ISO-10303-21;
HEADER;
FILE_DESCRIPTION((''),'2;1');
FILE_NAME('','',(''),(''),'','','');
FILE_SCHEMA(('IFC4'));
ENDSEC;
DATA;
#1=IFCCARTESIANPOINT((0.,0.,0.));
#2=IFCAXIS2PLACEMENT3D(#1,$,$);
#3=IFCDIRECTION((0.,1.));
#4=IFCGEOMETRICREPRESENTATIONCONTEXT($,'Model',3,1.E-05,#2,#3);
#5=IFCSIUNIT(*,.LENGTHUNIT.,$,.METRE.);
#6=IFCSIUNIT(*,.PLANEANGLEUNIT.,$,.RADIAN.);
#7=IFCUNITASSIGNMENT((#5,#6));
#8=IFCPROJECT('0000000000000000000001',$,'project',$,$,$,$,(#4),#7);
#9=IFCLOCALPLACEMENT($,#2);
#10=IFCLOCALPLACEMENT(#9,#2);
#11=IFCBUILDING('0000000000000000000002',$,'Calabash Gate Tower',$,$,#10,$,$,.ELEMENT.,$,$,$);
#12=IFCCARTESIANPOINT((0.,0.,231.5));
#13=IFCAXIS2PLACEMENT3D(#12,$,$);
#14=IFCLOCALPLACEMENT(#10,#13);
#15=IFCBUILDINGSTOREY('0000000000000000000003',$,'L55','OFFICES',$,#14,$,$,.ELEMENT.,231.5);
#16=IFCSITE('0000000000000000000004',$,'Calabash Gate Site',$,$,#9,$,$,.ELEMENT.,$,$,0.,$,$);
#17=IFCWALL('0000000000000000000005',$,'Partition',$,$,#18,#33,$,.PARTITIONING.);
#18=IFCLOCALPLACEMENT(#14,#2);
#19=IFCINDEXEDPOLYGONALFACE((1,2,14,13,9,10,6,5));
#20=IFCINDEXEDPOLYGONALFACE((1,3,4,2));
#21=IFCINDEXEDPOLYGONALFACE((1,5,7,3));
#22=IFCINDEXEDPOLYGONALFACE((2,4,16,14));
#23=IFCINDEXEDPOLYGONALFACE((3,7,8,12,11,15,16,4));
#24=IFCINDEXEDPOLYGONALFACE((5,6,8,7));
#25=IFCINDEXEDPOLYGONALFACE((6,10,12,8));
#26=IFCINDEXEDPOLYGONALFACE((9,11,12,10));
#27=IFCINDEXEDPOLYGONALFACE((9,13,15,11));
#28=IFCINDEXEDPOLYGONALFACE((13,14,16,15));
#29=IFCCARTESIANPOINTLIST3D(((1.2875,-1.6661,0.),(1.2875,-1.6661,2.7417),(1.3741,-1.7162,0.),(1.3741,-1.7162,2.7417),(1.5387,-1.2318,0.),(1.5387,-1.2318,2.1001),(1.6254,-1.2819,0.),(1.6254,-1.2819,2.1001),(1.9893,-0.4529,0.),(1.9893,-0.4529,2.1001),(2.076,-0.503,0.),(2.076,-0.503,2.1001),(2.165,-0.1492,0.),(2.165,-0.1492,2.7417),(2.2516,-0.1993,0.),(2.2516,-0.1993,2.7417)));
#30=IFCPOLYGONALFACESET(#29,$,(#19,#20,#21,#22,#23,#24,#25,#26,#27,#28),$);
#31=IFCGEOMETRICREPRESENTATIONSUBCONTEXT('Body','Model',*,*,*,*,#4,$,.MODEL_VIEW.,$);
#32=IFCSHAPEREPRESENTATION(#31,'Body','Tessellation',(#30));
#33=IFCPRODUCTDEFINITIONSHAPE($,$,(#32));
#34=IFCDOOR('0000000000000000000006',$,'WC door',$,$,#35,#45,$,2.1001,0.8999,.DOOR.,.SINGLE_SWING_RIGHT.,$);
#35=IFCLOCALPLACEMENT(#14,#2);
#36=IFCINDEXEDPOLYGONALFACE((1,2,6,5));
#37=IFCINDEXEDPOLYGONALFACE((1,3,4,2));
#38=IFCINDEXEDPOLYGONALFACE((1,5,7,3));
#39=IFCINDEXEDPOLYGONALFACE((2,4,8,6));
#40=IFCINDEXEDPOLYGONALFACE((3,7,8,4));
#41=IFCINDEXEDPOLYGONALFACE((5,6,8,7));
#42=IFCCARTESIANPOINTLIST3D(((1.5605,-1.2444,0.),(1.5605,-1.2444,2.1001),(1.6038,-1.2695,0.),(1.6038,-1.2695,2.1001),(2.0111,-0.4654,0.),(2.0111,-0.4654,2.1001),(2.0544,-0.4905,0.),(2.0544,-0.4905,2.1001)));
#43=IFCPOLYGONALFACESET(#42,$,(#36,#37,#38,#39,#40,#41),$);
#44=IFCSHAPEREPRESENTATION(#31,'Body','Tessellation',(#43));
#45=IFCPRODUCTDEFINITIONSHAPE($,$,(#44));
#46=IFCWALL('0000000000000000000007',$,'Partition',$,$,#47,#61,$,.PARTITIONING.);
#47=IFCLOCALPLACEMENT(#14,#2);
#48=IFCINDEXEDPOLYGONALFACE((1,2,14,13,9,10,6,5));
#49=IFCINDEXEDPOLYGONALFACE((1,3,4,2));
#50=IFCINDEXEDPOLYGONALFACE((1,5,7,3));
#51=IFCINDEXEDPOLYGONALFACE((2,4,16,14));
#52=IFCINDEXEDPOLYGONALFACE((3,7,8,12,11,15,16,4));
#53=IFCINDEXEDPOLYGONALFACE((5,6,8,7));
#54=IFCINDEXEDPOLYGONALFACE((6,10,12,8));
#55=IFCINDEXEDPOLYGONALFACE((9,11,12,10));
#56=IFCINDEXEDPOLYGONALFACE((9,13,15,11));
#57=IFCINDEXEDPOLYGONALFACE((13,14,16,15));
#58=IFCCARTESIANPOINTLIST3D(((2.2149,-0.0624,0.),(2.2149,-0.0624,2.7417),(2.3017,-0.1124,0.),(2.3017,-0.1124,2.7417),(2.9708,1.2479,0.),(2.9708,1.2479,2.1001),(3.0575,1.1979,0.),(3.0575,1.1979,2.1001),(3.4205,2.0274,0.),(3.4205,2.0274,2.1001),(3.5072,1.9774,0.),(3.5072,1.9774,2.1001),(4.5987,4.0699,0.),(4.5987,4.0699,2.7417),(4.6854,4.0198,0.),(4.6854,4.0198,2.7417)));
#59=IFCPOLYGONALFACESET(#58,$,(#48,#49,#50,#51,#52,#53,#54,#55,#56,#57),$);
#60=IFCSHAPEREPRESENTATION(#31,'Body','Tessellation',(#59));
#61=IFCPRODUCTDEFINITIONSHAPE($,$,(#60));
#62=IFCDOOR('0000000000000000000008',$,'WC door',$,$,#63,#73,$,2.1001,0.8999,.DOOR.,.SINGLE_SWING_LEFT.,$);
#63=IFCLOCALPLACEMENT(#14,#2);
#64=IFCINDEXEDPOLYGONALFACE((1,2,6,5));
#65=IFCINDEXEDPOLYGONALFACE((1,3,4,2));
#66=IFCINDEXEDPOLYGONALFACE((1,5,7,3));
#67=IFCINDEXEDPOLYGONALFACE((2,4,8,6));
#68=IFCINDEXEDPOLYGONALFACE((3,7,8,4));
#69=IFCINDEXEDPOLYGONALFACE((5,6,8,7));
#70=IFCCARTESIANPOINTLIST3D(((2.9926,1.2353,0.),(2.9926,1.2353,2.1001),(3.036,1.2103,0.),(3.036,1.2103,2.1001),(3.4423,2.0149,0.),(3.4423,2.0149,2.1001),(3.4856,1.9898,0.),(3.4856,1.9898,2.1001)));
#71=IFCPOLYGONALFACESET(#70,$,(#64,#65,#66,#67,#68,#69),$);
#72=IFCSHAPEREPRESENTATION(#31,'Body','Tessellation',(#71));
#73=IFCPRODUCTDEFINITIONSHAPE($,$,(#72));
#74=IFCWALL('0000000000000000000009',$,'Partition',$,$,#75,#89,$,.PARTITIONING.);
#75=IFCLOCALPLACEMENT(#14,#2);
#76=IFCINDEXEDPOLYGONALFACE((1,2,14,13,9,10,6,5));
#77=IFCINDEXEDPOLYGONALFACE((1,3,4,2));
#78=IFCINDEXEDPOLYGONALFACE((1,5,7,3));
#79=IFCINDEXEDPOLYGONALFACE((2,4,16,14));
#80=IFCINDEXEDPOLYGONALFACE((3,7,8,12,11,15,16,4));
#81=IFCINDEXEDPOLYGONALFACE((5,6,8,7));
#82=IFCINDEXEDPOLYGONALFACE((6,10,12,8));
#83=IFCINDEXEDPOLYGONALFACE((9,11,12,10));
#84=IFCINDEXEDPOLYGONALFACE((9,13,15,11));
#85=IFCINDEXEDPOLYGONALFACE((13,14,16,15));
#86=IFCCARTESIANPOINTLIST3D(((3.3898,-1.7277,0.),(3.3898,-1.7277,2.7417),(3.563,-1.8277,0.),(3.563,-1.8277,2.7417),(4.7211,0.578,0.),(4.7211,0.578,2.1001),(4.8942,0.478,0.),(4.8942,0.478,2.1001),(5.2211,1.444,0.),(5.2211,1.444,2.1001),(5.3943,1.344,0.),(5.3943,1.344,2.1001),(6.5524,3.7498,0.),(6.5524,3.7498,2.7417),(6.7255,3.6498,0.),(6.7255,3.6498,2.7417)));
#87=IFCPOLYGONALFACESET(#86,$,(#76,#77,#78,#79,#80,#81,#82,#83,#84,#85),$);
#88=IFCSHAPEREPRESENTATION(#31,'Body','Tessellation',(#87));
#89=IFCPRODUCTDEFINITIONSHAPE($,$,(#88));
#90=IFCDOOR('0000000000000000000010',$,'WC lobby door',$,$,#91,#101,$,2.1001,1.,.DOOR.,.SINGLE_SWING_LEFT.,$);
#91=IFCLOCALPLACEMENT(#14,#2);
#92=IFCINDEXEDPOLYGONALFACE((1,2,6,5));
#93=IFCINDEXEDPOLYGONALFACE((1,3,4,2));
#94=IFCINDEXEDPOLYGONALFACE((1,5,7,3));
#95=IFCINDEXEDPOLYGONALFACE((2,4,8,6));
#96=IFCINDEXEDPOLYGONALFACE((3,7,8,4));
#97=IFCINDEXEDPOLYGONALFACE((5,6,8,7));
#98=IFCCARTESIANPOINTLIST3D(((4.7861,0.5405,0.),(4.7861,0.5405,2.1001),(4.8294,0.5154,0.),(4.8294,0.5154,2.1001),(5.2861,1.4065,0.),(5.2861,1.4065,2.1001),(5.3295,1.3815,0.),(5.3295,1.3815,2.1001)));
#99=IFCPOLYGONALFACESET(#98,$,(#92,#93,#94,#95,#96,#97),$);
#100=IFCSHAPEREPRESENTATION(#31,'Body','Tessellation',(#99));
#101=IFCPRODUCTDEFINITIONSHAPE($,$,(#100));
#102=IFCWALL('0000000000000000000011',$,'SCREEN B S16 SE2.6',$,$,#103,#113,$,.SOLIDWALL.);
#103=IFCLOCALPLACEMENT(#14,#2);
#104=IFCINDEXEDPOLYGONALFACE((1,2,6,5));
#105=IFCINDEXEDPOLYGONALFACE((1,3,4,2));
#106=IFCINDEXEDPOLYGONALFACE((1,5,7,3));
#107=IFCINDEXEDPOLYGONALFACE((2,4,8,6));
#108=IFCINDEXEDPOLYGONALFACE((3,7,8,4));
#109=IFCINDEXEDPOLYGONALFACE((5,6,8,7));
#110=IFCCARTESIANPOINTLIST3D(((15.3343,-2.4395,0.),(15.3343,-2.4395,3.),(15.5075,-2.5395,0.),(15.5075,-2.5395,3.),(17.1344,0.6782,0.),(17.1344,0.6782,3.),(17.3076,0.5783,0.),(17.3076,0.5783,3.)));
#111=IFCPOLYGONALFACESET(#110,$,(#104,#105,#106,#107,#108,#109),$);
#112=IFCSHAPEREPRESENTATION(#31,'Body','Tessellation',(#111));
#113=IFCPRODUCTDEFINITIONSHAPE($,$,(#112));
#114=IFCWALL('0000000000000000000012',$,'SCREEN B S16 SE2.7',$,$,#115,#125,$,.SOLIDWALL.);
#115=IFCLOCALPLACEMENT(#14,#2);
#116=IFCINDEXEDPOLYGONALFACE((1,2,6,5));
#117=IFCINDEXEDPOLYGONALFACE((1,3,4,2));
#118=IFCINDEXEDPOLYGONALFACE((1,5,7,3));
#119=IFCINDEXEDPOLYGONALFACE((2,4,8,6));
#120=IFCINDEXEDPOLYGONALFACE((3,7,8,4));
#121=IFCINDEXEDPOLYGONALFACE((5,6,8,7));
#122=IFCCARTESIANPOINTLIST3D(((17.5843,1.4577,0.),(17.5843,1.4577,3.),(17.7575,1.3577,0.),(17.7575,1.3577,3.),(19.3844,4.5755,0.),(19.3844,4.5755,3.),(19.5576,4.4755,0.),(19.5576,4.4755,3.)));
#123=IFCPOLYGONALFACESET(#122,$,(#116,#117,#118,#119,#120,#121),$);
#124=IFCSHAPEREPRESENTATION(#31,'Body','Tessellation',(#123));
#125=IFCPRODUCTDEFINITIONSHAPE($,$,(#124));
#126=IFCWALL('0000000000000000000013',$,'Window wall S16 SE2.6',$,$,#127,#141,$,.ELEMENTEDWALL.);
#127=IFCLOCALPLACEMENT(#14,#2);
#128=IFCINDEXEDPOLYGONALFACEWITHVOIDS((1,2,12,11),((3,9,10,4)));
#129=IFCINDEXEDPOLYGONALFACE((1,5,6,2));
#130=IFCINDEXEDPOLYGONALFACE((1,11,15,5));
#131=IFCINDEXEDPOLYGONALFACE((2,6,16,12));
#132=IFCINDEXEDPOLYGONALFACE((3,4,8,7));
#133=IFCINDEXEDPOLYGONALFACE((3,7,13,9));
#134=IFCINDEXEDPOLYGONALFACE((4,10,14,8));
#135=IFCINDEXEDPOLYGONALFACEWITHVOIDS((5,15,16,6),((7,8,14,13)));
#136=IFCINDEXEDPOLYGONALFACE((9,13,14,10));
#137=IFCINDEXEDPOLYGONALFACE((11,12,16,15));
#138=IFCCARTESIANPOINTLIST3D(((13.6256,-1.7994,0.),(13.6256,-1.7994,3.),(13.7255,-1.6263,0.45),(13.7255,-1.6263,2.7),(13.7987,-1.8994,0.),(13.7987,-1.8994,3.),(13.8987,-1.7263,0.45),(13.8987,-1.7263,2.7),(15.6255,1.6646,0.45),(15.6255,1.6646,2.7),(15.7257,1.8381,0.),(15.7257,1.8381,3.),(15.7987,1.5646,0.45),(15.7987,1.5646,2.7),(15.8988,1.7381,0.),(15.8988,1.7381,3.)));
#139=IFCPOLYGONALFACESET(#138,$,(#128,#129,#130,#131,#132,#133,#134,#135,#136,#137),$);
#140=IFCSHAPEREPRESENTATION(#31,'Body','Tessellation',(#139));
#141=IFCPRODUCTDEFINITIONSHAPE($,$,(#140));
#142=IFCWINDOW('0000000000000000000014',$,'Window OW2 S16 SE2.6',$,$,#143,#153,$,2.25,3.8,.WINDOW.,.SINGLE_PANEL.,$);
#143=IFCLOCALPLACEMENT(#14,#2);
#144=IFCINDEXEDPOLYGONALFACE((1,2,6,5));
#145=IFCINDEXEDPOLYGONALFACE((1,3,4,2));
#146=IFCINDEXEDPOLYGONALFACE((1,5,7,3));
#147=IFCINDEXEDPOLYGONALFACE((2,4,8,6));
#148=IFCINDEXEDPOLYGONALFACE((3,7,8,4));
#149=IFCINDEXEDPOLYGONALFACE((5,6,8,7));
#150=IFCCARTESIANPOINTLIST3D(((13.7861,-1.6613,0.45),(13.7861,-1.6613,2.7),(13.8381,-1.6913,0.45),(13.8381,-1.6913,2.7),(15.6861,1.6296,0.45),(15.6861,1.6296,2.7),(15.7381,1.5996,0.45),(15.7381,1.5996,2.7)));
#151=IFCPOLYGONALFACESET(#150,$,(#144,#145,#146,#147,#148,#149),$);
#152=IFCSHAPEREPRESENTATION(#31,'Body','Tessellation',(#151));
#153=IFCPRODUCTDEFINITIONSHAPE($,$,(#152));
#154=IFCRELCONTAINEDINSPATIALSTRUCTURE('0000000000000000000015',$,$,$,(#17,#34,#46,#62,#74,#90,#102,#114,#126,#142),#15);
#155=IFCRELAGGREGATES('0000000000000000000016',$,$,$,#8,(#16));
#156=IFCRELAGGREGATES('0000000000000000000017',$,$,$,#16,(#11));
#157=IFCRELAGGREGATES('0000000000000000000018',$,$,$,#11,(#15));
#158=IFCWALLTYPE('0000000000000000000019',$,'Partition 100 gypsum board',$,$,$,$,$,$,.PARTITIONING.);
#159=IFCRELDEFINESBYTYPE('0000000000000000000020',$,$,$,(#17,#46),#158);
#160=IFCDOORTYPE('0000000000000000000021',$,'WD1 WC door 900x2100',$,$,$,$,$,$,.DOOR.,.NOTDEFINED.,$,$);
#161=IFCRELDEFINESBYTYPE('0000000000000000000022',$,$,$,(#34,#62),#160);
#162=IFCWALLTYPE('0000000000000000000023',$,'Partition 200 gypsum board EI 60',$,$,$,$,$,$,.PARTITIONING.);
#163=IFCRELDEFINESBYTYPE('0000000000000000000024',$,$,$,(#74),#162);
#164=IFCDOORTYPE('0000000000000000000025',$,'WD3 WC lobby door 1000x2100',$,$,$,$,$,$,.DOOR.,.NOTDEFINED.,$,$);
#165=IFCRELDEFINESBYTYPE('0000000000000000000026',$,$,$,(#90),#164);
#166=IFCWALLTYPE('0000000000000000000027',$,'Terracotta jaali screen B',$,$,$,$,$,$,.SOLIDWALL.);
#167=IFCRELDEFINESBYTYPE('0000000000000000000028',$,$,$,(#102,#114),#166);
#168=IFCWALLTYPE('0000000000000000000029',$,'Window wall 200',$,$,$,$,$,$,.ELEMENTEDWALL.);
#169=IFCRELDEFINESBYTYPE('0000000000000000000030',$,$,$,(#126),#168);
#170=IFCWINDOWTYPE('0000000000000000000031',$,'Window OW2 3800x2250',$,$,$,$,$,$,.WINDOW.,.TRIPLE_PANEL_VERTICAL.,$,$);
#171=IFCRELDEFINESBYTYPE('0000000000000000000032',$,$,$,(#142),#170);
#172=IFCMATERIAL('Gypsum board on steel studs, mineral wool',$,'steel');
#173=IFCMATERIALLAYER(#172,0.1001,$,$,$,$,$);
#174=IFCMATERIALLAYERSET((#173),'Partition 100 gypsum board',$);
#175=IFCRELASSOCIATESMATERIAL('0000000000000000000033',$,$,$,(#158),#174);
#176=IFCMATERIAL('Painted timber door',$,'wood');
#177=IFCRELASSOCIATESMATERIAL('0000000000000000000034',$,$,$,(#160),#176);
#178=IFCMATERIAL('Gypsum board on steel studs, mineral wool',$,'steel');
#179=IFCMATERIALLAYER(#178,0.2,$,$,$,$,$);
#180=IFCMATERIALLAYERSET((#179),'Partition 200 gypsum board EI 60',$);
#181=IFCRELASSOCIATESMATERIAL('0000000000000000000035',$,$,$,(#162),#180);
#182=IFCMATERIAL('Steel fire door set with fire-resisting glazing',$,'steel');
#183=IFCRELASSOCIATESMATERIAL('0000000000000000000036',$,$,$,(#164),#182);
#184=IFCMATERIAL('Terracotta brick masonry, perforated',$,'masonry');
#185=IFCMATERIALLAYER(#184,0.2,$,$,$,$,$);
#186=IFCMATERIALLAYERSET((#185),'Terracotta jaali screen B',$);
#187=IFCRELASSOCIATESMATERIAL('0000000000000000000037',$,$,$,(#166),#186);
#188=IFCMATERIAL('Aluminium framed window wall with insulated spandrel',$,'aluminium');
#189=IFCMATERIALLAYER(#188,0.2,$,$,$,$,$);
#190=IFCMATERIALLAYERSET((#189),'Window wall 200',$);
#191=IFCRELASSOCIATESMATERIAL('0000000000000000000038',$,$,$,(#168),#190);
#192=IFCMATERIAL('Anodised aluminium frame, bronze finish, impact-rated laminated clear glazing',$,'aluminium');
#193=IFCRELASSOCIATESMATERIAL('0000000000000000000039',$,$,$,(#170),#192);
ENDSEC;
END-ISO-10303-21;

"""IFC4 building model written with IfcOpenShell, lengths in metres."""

from ifc_helpers import new_model, si_unit, direction, frame, frame_2d, origin, place, context, subcontext, project, spatial, rectangle, extrude, material, layer, layer_set, type_object, element, fill, save


model = new_model("IFC4")

# Units and contexts
model_context = context("Model", 3, precision=1e-05, world=origin(), true_north=direction((0.0, 1.0)))
body_context = subcontext(model_context, "Body", "Model", "MODEL_VIEW")
ifc_project = project(units=[si_unit("LENGTHUNIT", "METRE"), si_unit("PLANEANGLEUNIT", "RADIAN")], contexts=[model_context])

# Site, building, storey
site_placement = place(None, origin())
site = spatial("IfcSite", under=ifc_project, at=site_placement, Name="Calabash Gate Site", CompositionType="ELEMENT", RefElevation=0.0)
building_placement = place(site_placement, origin())
building = spatial("IfcBuilding", under=site, at=building_placement, Name="Calabash Gate Tower", CompositionType="ELEMENT")
storey_placement = place(building_placement, frame((0.0, 0.0, 231.5)))
storey = spatial("IfcBuildingStorey", under=building, at=storey_placement, Name="L55", Description="OFFICES", CompositionType="ELEMENT", Elevation=231.5)

# Walls, openings, doors
ifc_material_1 = material(Name="Gypsum board on steel studs, mineral wool", Category="steel")
ifc_layer_1 = layer(ifc_material_1, 0.1001)
ifc_layer_set_1 = layer_set([ifc_layer_1], Name="Partition 100 gypsum board")
wall_type_1 = type_object("IfcWallType", Name="Partition 100 gypsum board", PredefinedType="PARTITIONING", material=ifc_layer_set_1)
wall_1_placement = place(storey_placement, frame((1.3308, -1.6912, 0.0), z_axis=(0.0, 0.0, 1.0), x_axis=(0.500723, 0.865607, 0.0)))
wall_1 = element("IfcWall", 1, at=wall_1_placement, inside=storey, type_object=wall_type_1, Name="Partition", PredefinedType="PARTITIONING", context=body_context, shape_type="SweptSolid", body=[
    extrude(rectangle(XDim=1.7524, YDim=0.1001, at=frame_2d((0.8762, 0.0))), origin(), (0.0, 0.0, 1.0), 2.7417),
])
opening_1_placement = place(wall_1_placement, frame((0.5017, 0.0, 0.0)))
opening_1 = element("IfcOpeningElement", 2, at=opening_1_placement, cuts=wall_1, PredefinedType="OPENING", context=body_context, shape_type="SweptSolid", body=[
    extrude(rectangle(XDim=0.8999, YDim=2.1001, at=frame_2d((0.45, 1.05))), frame((0.0, 0.0601, 0.0), z_axis=(0.0, -1.0, 0.0), x_axis=(1.0, 0.0, 0.0)), (0.0, 0.0, 1.0), 0.1201),
])
ifc_material_2 = material(Name="Painted timber door", Category="wood")
door_type_1 = type_object("IfcDoorType", Name="WD1 WC door 900x2100", OperationType="NOTDEFINED", PredefinedType="DOOR", material=ifc_material_2)
door_1_placement = place(opening_1_placement, origin())
door_1 = element("IfcDoor", 3, at=door_1_placement, inside=storey, type_object=door_type_1, Name="WC door", OperationType="SINGLE_SWING_RIGHT", OverallHeight=2.1001, OverallWidth=0.8999, PredefinedType="DOOR", context=body_context, shape_type="SweptSolid", body=[
    extrude(rectangle(XDim=0.8999, YDim=2.1001, at=frame_2d((0.45, 1.05))), frame((0.0, 0.0249, 0.0), z_axis=(0.0, -1.0, 0.0), x_axis=(1.0, 0.0, 0.0)), (0.0, 0.0, 1.0), 0.05),
])
fill(opening_1, door_1)
wall_2_placement = place(storey_placement, frame((2.2583, -0.0874, 0.0), z_axis=(0.0, 0.0, 1.0), x_axis=(0.499684, 0.866208, 0.0)))
wall_2 = element("IfcWall", 4, at=wall_2_placement, inside=storey, type_object=wall_type_1, Name="Partition", PredefinedType="PARTITIONING", context=body_context, shape_type="SweptSolid", body=[
    extrude(rectangle(XDim=4.7705, YDim=0.1001, at=frame_2d((2.3853, 0.0))), origin(), (0.0, 0.0, 1.0), 2.7417),
])
opening_2_placement = place(wall_2_placement, frame((1.5127, 0.0, 0.0)))
opening_2 = element("IfcOpeningElement", 5, at=opening_2_placement, cuts=wall_2, PredefinedType="OPENING", context=body_context, shape_type="SweptSolid", body=[
    extrude(rectangle(XDim=0.8999, YDim=2.1001, at=frame_2d((0.45, 1.05))), frame((0.0, 0.0601, 0.0), z_axis=(0.0, -1.0, 0.0), x_axis=(1.0, 0.0, 0.0)), (0.0, 0.0, 1.0), 0.1201),
])
door_2_placement = place(opening_2_placement, origin())
door_2 = element("IfcDoor", 6, at=door_2_placement, inside=storey, type_object=door_type_1, Name="WC door", OperationType="SINGLE_SWING_LEFT", OverallHeight=2.1001, OverallWidth=0.8999, PredefinedType="DOOR", context=body_context, shape_type="SweptSolid", body=[
    extrude(rectangle(XDim=0.8999, YDim=2.1001, at=frame_2d((0.45, 1.05))), frame((0.0, 0.0249, 0.0), z_axis=(0.0, -1.0, 0.0), x_axis=(1.0, 0.0, 0.0)), (0.0, 0.0, 1.0), 0.05),
])
fill(opening_2, door_2)
ifc_material_3 = material(Name="Gypsum board on steel studs, mineral wool", Category="steel")
ifc_layer_2 = layer(ifc_material_3, 0.2)
ifc_layer_set_2 = layer_set([ifc_layer_2], Name="Partition 200 gypsum board EI 60")
wall_type_2 = type_object("IfcWallType", Name="Partition 200 gypsum board EI 60", PredefinedType="PARTITIONING", material=ifc_layer_set_2)
wall_3_placement = place(storey_placement, frame((3.4763, -1.7778, 0.0), z_axis=(0.0, 0.0, 1.0), x_axis=(0.500016, 0.866016, 0.0)))
wall_3 = element("IfcWall", 7, at=wall_3_placement, inside=storey, type_object=wall_type_2, Name="Partition", PredefinedType="PARTITIONING", context=body_context, shape_type="SweptSolid", body=[
    extrude(rectangle(XDim=6.325, YDim=0.2, at=frame_2d((3.1626, 0.0))), origin(), (0.0, 0.0, 1.0), 2.7417),
])
opening_3_placement = place(wall_3_placement, frame((2.6626, 0.0, 0.0)))
opening_3 = element("IfcOpeningElement", 8, at=opening_3_placement, cuts=wall_3, PredefinedType="OPENING", context=body_context, shape_type="SweptSolid", body=[
    extrude(rectangle(XDim=1.0, YDim=2.1001, at=frame_2d((0.5, 1.05))), frame((0.0, 0.1099, 0.0), z_axis=(0.0, -1.0, 0.0), x_axis=(1.0, 0.0, 0.0)), (0.0, 0.0, 1.0), 0.22),
])
ifc_material_4 = material(Name="Steel fire door set with fire-resisting glazing", Category="steel")
door_type_2 = type_object("IfcDoorType", Name="WD3 WC lobby door 1000x2100", OperationType="NOTDEFINED", PredefinedType="DOOR", material=ifc_material_4)
door_3_placement = place(opening_3_placement, origin())
door_3 = element("IfcDoor", 9, at=door_3_placement, inside=storey, type_object=door_type_2, Name="WC lobby door", OperationType="SINGLE_SWING_LEFT", OverallHeight=2.1001, OverallWidth=1.0, PredefinedType="DOOR", context=body_context, shape_type="SweptSolid", body=[
    extrude(rectangle(XDim=1.0, YDim=2.1001, at=frame_2d((0.5, 1.05))), frame((0.0, 0.0249, 0.0), z_axis=(0.0, -1.0, 0.0), x_axis=(1.0, 0.0, 0.0)), (0.0, 0.0, 1.0), 0.05),
])
fill(opening_3, door_3)

# Walls
ifc_material_5 = material(Name="Terracotta brick masonry, perforated", Category="masonry")
ifc_layer_3 = layer(ifc_material_5, 0.2)
ifc_layer_set_3 = layer_set([ifc_layer_3], Name="Terracotta jaali screen B")
wall_type_3 = type_object("IfcWallType", Name="Terracotta jaali screen B", PredefinedType="SOLIDWALL", material=ifc_layer_set_3)
for number, where, z_axis, x_axis, name in (
    (10, (15.4209, -2.4895, 0.0), (0.0, 0.0, 1.0), (0.500012, 0.866018, 0.0), "SCREEN B S16 SE2.6"),
    (11, (17.6709, 1.4077, 0.0), (0.0, 0.0, 1.0), (0.500012, 0.866018, 0.0), "SCREEN B S16 SE2.7"),
):
    element("IfcWall", number, at=place(storey_placement, frame(where, z_axis=z_axis, x_axis=x_axis)), inside=storey, type_object=wall_type_3, Name=name, PredefinedType="SOLIDWALL", context=body_context, shape_type="SweptSolid", body=[
        extrude(rectangle(XDim=3.6001, YDim=0.2, at=frame_2d((1.8, 0.0))), origin(), (0.0, 0.0, 1.0), 3.0),
    ])

# Wall, opening, window
ifc_material_6 = material(Name="Aluminium framed window wall with insulated spandrel", Category="aluminium")
ifc_layer_4 = layer(ifc_material_6, 0.2)
ifc_layer_set_4 = layer_set([ifc_layer_4], Name="Window wall 200")
wall_type_4 = type_object("IfcWallType", Name="Window wall 200", PredefinedType="ELEMENTEDWALL", material=ifc_layer_set_4)
wall_4_placement = place(storey_placement, frame((13.7122, -1.8494, 0.0), z_axis=(0.0, 0.0, 1.0), x_axis=(0.500003, 0.866024, 0.0)))
wall_4 = element("IfcWall", 12, at=wall_4_placement, inside=storey, type_object=wall_type_4, Name="Window wall S16 SE2.6", PredefinedType="ELEMENTEDWALL", context=body_context, shape_type="SweptSolid", body=[
    extrude(rectangle(XDim=4.2002, YDim=0.2, at=frame_2d((2.1001, 0.0))), origin(), (0.0, 0.0, 1.0), 3.0),
])
opening_4_placement = place(wall_4_placement, frame((0.2, 0.0, 0.45)))
opening_4 = element("IfcOpeningElement", 13, at=opening_4_placement, cuts=wall_4, PredefinedType="OPENING", context=body_context, shape_type="SweptSolid", body=[
    extrude(rectangle(XDim=3.8, YDim=2.25, at=frame_2d((1.8999, 1.125))), frame((0.0, 0.1099, 0.0), z_axis=(0.0, -1.0, 0.0), x_axis=(1.0, 0.0, 0.0)), (0.0, 0.0, 1.0), 0.22),
])
ifc_material_7 = material(Name="Anodised aluminium frame, bronze finish, impact-rated laminated clear glazing", Category="aluminium")
window_type = type_object("IfcWindowType", Name="Window OW2 3800x2250", PartitioningType="TRIPLE_PANEL_VERTICAL", PredefinedType="WINDOW", material=ifc_material_7)
window_placement = place(opening_4_placement, origin())
window = element("IfcWindow", 14, at=window_placement, inside=storey, type_object=window_type, Name="Window OW2 S16 SE2.6", OverallHeight=2.25, OverallWidth=3.8, PartitioningType="SINGLE_PANEL", PredefinedType="WINDOW", context=body_context, shape_type="SweptSolid", body=[
    extrude(rectangle(XDim=3.8, YDim=2.25, at=frame_2d((1.8999, 1.125))), frame((0.0, 0.03, 0.0), z_axis=(0.0, -1.0, 0.0), x_axis=(1.0, 0.0, 0.0)), (0.0, 0.0, 1.0), 0.0601),
])
fill(opening_4, window)

save(model, "model.ifc")
